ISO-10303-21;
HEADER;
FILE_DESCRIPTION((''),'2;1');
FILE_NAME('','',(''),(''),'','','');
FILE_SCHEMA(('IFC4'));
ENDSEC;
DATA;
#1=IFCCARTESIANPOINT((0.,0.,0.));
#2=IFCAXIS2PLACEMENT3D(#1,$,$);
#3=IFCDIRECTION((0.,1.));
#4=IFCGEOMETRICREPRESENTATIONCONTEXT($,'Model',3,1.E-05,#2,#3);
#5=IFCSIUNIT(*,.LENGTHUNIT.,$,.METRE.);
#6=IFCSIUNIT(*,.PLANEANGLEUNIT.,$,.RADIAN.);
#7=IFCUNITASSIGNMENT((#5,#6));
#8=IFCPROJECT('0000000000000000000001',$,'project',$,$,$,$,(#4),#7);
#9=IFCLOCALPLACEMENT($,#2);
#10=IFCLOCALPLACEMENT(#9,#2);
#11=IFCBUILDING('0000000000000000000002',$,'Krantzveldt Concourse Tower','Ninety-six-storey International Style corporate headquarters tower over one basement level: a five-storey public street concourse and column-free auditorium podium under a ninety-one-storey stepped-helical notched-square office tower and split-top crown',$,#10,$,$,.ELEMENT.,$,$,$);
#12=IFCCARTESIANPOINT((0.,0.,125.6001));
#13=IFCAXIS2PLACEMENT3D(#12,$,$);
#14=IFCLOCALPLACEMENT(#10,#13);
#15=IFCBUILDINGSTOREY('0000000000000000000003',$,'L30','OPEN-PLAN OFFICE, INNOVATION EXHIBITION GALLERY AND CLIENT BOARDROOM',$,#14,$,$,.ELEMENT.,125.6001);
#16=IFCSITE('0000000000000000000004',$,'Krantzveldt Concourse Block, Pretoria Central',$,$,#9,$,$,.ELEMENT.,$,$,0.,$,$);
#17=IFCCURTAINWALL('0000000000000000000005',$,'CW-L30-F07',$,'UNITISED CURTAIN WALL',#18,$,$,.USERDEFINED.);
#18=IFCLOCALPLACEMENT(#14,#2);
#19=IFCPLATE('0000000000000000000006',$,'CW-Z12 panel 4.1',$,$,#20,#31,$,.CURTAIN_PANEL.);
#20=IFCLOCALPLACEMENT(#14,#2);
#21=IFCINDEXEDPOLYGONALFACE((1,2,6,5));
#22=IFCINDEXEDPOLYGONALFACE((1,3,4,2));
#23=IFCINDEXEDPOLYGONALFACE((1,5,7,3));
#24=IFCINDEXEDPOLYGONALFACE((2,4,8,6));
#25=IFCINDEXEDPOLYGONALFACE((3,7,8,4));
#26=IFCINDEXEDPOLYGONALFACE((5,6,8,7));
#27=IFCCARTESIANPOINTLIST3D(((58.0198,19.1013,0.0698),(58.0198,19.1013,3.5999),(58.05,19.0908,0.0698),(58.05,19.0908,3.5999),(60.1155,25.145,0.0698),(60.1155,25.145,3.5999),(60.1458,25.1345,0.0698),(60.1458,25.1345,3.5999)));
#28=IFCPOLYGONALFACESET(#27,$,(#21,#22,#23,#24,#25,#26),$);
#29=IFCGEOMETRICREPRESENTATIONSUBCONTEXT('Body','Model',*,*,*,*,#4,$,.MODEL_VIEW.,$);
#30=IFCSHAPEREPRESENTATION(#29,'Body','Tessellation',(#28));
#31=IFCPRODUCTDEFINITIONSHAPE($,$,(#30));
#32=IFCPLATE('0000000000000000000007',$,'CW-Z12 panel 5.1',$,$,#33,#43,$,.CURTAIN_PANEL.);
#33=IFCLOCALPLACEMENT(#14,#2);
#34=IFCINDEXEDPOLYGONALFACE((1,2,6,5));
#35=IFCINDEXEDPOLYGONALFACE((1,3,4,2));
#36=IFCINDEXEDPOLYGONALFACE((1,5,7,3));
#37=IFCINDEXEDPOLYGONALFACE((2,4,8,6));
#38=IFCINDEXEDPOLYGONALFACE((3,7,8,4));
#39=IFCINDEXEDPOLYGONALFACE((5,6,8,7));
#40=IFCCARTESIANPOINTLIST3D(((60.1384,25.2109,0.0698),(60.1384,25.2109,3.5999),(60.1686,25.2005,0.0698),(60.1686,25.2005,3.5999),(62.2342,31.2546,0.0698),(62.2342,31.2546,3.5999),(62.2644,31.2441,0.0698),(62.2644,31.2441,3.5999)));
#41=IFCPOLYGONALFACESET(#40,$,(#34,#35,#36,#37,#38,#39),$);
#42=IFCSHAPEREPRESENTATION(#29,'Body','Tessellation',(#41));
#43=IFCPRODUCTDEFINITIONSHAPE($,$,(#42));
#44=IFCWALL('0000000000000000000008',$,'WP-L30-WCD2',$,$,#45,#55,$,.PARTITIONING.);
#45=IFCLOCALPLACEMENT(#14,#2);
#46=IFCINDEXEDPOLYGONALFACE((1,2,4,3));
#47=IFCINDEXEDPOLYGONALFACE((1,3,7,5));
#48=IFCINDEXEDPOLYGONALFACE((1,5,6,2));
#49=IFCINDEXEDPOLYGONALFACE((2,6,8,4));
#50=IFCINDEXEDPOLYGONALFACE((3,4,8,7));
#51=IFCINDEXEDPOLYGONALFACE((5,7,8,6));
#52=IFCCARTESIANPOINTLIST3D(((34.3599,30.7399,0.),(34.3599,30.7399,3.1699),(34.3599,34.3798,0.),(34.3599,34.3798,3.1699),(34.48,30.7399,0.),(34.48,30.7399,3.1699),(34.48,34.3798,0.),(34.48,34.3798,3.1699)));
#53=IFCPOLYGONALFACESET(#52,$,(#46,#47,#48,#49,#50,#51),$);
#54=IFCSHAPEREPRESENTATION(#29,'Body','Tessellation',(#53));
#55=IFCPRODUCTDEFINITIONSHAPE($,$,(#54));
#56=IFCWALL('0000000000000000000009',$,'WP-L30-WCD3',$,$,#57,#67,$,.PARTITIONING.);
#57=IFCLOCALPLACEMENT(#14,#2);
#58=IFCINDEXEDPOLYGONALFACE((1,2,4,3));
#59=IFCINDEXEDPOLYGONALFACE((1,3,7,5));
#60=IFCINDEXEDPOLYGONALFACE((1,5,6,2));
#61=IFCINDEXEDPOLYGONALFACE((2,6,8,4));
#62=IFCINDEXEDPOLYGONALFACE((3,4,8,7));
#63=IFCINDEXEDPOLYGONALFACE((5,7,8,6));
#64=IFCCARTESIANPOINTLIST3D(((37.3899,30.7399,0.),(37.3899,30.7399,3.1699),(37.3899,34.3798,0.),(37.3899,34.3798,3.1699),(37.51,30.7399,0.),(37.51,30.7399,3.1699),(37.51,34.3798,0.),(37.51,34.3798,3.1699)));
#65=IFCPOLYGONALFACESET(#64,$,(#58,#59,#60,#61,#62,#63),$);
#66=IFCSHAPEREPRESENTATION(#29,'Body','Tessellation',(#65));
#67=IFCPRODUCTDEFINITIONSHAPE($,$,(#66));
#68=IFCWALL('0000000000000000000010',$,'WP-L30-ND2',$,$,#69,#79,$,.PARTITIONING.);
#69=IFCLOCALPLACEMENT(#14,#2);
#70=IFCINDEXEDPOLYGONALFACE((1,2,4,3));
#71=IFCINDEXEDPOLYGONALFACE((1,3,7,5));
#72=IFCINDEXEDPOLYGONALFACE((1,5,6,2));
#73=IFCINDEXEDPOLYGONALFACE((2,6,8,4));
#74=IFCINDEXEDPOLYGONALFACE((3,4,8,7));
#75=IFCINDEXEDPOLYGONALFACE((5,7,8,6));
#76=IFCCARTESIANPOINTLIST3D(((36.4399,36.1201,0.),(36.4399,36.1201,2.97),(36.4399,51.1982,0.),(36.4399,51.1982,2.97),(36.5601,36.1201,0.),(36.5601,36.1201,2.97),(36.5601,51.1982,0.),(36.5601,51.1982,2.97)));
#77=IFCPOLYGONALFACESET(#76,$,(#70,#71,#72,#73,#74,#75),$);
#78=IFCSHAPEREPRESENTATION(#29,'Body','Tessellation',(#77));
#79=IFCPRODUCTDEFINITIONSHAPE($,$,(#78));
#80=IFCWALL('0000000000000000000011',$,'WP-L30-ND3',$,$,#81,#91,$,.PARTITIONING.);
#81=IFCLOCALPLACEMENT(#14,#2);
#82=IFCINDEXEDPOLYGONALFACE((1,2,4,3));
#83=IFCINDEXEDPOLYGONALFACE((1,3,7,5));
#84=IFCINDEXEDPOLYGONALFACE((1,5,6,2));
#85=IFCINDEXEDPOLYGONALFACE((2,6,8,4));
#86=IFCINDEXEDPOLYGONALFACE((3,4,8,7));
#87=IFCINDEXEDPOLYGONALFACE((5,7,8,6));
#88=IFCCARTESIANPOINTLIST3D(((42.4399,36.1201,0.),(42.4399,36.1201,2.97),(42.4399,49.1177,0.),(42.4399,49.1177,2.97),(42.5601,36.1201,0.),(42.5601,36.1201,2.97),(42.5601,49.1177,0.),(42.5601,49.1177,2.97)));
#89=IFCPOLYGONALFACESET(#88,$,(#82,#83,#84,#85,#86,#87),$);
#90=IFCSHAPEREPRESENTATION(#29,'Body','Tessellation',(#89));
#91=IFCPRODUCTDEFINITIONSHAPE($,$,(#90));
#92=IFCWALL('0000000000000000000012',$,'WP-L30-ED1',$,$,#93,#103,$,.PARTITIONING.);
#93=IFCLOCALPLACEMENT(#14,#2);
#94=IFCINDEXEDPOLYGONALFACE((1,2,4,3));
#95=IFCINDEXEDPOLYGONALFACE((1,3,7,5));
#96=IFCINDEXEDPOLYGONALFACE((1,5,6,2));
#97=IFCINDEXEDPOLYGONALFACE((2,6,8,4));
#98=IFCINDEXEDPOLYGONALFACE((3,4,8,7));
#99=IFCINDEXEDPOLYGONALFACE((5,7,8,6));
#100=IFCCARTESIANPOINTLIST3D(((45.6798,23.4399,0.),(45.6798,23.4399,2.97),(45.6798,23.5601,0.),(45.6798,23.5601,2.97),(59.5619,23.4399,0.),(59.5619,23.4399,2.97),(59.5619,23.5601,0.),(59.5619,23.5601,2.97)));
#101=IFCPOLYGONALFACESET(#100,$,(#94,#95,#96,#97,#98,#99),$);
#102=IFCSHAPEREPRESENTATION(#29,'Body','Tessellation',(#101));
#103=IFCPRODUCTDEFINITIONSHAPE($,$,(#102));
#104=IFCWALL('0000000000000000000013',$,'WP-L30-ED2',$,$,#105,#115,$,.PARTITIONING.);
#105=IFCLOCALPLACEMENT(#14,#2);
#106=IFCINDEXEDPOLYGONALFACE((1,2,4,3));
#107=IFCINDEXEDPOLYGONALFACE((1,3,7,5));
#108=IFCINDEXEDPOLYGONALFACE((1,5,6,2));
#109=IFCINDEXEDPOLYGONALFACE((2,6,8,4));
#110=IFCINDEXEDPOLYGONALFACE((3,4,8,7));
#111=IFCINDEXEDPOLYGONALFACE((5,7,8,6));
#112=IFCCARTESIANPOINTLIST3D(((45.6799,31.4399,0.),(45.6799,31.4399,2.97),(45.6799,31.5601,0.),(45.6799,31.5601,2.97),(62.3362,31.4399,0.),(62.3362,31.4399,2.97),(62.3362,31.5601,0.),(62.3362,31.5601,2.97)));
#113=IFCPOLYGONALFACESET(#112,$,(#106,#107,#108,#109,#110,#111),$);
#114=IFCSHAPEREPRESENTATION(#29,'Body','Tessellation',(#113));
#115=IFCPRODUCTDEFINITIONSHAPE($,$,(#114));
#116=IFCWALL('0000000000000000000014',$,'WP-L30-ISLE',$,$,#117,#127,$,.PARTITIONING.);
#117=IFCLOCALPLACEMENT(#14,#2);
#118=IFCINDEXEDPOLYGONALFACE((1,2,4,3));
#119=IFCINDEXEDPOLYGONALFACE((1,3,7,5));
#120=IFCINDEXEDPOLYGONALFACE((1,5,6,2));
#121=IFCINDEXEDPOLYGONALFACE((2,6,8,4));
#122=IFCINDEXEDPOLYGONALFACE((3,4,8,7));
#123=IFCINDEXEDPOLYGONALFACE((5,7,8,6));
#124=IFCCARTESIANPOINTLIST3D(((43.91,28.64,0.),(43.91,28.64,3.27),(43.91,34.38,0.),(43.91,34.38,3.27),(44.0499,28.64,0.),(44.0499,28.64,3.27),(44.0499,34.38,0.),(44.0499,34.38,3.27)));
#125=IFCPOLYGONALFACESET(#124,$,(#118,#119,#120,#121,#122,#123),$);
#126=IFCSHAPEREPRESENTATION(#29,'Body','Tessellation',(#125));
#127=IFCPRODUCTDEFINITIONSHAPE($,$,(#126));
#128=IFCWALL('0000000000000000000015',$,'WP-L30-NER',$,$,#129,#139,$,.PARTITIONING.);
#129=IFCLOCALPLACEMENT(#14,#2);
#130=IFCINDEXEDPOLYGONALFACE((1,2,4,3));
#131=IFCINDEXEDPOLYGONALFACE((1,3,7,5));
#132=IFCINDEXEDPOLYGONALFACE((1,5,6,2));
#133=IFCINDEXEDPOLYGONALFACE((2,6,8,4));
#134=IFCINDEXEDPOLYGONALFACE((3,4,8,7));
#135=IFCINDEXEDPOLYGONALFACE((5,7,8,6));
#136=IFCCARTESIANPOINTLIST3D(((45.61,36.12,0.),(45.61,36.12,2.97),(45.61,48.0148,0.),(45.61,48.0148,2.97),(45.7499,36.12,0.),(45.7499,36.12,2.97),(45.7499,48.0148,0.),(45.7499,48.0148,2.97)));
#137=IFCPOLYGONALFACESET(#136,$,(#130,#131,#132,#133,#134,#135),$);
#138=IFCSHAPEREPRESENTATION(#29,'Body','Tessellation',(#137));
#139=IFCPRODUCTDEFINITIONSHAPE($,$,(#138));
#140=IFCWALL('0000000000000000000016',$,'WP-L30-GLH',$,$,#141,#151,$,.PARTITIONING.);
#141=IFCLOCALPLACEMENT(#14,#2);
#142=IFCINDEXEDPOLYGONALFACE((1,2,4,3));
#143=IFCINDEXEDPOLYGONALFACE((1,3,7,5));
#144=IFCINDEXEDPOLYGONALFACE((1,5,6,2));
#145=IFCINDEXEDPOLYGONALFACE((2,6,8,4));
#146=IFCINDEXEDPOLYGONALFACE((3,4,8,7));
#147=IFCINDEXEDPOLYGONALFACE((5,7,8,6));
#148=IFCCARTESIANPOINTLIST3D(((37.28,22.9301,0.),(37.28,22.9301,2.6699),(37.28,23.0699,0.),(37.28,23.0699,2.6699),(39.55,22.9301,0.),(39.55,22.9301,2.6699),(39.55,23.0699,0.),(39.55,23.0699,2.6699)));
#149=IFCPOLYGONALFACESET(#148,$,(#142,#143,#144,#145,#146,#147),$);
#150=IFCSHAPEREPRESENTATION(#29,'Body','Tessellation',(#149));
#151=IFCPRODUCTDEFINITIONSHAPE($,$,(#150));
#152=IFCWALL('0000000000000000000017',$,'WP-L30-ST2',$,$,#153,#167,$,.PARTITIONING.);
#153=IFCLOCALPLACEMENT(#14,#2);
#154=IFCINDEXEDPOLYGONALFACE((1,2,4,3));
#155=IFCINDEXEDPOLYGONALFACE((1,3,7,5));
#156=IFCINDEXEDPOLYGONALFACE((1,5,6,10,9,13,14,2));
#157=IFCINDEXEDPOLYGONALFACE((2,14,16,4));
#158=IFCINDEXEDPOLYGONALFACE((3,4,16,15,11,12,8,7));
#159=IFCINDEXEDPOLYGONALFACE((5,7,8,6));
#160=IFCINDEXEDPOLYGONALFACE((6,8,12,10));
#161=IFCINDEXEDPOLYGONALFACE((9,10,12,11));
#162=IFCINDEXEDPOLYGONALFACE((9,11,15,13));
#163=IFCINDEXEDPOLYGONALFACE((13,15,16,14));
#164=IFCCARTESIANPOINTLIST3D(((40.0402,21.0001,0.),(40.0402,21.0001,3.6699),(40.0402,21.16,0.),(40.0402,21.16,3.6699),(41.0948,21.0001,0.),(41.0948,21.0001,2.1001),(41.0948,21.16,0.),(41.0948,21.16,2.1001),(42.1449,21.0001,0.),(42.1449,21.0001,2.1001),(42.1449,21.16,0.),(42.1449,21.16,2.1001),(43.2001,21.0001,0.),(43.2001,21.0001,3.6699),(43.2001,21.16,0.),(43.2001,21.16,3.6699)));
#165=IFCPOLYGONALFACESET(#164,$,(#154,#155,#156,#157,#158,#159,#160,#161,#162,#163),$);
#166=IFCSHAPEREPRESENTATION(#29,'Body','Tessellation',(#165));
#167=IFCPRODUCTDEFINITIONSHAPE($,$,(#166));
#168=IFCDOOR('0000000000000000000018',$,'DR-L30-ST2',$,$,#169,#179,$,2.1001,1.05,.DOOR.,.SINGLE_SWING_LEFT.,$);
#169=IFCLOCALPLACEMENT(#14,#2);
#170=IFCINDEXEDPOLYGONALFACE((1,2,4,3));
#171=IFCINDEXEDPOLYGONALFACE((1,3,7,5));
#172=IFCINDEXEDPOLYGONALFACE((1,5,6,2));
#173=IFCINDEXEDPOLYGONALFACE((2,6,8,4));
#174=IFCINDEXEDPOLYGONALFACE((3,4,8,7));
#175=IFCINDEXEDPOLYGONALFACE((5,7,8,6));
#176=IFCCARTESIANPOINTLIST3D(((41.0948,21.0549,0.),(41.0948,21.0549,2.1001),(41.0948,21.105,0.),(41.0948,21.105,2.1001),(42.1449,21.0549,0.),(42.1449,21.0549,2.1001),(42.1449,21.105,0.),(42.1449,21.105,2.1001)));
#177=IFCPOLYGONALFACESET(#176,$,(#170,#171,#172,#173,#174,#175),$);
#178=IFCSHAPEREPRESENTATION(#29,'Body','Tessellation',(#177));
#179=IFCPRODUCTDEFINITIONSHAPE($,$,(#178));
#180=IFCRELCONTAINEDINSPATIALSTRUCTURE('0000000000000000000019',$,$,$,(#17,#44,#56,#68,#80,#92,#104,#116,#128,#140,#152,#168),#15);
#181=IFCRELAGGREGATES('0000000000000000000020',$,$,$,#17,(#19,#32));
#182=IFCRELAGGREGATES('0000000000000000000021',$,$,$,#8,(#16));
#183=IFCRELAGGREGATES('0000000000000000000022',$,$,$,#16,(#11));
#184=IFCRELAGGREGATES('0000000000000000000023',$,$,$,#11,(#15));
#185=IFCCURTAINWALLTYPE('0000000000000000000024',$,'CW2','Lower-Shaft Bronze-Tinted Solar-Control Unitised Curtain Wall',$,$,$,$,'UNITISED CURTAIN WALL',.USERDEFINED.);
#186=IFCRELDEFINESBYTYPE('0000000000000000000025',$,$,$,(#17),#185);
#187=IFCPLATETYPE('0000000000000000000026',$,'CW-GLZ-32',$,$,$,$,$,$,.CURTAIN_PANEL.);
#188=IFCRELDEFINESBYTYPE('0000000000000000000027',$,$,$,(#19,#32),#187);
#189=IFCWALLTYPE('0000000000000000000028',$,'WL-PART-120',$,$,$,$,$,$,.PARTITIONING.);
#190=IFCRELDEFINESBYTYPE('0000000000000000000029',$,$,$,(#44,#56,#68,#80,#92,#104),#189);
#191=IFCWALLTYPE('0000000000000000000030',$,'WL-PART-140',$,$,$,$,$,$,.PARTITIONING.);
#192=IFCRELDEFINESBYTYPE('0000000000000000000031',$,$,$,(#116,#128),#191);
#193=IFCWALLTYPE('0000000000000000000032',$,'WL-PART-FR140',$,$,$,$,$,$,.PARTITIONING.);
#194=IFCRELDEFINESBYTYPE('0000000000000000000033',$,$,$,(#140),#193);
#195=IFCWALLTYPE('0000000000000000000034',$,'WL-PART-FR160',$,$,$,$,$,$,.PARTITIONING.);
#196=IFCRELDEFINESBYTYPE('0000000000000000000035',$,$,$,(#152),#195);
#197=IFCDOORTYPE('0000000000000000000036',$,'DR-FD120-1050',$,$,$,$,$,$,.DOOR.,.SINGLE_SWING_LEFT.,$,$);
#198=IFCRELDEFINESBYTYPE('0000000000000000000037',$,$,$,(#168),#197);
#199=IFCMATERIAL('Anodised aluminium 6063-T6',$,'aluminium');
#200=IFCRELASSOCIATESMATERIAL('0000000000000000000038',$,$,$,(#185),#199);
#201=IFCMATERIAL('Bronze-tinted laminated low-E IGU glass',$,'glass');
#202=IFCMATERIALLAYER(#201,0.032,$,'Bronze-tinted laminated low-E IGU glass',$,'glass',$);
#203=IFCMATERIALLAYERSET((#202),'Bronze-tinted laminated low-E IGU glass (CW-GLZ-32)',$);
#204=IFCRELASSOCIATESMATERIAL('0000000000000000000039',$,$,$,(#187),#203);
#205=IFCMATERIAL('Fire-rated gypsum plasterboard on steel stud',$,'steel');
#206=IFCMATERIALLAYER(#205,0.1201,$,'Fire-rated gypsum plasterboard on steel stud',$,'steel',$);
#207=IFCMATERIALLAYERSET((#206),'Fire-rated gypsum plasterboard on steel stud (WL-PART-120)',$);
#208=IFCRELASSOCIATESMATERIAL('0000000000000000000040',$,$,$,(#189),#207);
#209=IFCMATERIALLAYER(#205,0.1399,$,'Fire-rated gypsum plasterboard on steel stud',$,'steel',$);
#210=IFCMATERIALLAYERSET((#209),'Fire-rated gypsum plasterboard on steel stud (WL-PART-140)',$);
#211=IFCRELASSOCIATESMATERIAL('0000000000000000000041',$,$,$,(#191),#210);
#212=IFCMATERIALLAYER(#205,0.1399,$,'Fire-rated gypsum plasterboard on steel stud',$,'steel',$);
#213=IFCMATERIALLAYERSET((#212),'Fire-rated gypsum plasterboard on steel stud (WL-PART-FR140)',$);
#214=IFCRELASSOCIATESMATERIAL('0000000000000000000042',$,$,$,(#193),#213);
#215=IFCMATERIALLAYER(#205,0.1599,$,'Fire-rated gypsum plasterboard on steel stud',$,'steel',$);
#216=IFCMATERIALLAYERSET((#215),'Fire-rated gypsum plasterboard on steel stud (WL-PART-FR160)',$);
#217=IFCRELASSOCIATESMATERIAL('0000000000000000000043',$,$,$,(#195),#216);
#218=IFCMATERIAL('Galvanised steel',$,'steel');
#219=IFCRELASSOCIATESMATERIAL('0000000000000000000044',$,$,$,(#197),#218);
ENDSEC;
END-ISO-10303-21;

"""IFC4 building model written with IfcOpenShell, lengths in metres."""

from ifc_helpers import new_model, si_unit, direction, frame, frame_2d, origin, origin_2d, place, context, subcontext, project, spatial, rectangle, extrude, source, transform, mapped, material, layer, layer_set, type_object, element, fill, aggregate, save


model = new_model("IFC4")

# Units and contexts
model_context = context("Model", 3, precision=1e-05, world=origin(), true_north=direction((0.0, 1.0)))
body_context = subcontext(model_context, "Body", "Model", "MODEL_VIEW")
ifc_project = project(units=[si_unit("LENGTHUNIT", "METRE"), si_unit("PLANEANGLEUNIT", "RADIAN")], contexts=[model_context])

# Site, building, storey
site_placement = place(None, origin())
site = spatial("IfcSite", under=ifc_project, at=site_placement, Name="Krantzveldt Concourse Block, Pretoria Central", CompositionType="ELEMENT", RefElevation=0.0)
building_placement = place(site_placement, origin())
building = spatial("IfcBuilding", under=site, at=building_placement, Name="Krantzveldt Concourse Tower", Description="Ninety-six-storey International Style corporate headquarters tower over one basement level: a five-storey public street concourse and column-free auditorium podium under a ninety-one-storey stepped-helical notched-square office tower and split-top crown", CompositionType="ELEMENT")
storey_placement = place(building_placement, frame((0.0, 0.0, 125.6001)))
storey = spatial("IfcBuildingStorey", under=building, at=storey_placement, Name="L30", Description="OPEN-PLAN OFFICE, INNOVATION EXHIBITION GALLERY AND CLIENT BOARDROOM", CompositionType="ELEMENT", Elevation=125.6001)

# Curtain wall, plates
ifc_material_1 = material(Name="Anodised aluminium 6063-T6", Category="aluminium")
curtain_wall_type = type_object("IfcCurtainWallType", Name="CW2", Description="Lower-Shaft Bronze-Tinted Solar-Control Unitised Curtain Wall", ElementType="UNITISED CURTAIN WALL", PredefinedType="USERDEFINED", material=ifc_material_1)
curtain_wall_placement = place(storey_placement, origin())
curtain_wall = element("IfcCurtainWall", 1, at=curtain_wall_placement, inside=storey, type_object=curtain_wall_type, Name="CW-L30-F07", ObjectType="UNITISED CURTAIN WALL", PredefinedType="USERDEFINED")
ifc_material_2 = material(Name="Bronze-tinted laminated low-E IGU glass", Category="glass")
ifc_layer_1 = layer(ifc_material_2, 0.032, Name="Bronze-tinted laminated low-E IGU glass", Category="glass")
ifc_layer_set_1 = layer_set([ifc_layer_1], Name="Bronze-tinted laminated low-E IGU glass (CW-GLZ-32)")
plate_type = type_object("IfcPlateType", Name="CW-GLZ-32", PredefinedType="CURTAIN_PANEL", material=ifc_layer_set_1)
shared_shape_1 = source(origin(), body_context, "Body", "SweptSolid", [
    extrude(rectangle(XDim=6.3967, YDim=0.032, at=origin_2d()), origin(), (0.0, 0.0, 1.0), 3.53),
])
plate_1_placement = place(storey_placement, frame((59.0828, 22.1179, 0.0698), z_axis=(0.0, 0.0, 1.0), x_axis=(0.32763, 0.944806, 0.0)))
plate_1 = element("IfcPlate", 2, at=plate_1_placement, type_object=plate_type, Name="CW-Z12 panel 4.1", PredefinedType="CURTAIN_PANEL", context=body_context, shape_type="MappedRepresentation", body=[
    mapped(shared_shape_1, transform((0.0, 0.0, 0.0), x_axis=(1.0, 0.0, 0.0), y_axis=(0.0, 1.0, 0.0), z_axis=(0.0, 0.0, 1.0), scale=1.0)),
])
plate_2_placement = place(storey_placement, frame((61.2014, 28.2275, 0.0698), z_axis=(0.0, 0.0, 1.0), x_axis=(0.32763, 0.944806, 0.0)))
plate_2 = element("IfcPlate", 3, at=plate_2_placement, type_object=plate_type, Name="CW-Z12 panel 5.1", PredefinedType="CURTAIN_PANEL", context=body_context, shape_type="MappedRepresentation", body=[
    mapped(shared_shape_1, transform((0.0, 0.0, 0.0), x_axis=(1.0, 0.0, 0.0), y_axis=(0.0, 1.0, 0.0), z_axis=(0.0, 0.0, 1.0), scale=1.0)),
])
aggregate(curtain_wall, [plate_1, plate_2])

# Walls
ifc_material_3 = material(Name="Fire-rated gypsum plasterboard on steel stud", Category="steel")
ifc_layer_2 = layer(ifc_material_3, 0.1201, Name="Fire-rated gypsum plasterboard on steel stud", Category="steel")
ifc_layer_set_2 = layer_set([ifc_layer_2], Name="Fire-rated gypsum plasterboard on steel stud (WL-PART-120)")
wall_type_1 = type_object("IfcWallType", Name="WL-PART-120", PredefinedType="PARTITIONING", material=ifc_layer_set_2)
for number, where, z_axis, x_axis, name in (
    (4, (34.4199, 30.74, 0.0), (0.0, 0.0, 1.0), (0.0, 1.0, 0.0), "WP-L30-WCD2"),
    (5, (37.45, 30.74, 0.0), (0.0, 0.0, 1.0), (0.0, 1.0, 0.0), "WP-L30-WCD3"),
):
    element("IfcWall", number, at=place(storey_placement, frame(where, z_axis=z_axis, x_axis=x_axis)), inside=storey, type_object=wall_type_1, Name=name, PredefinedType="PARTITIONING", context=body_context, shape_type="SweptSolid", body=[
        extrude(rectangle(XDim=3.6399, YDim=0.1201, at=frame_2d((1.8198, 0.0))), origin(), (0.0, 0.0, 1.0), 3.1699),
    ])
wall_1_placement = place(storey_placement, frame((36.5, 36.1201, 0.0), z_axis=(0.0, 0.0, 1.0), x_axis=(0.0, 1.0, 0.0)))
element("IfcWall", 6, at=wall_1_placement, inside=storey, type_object=wall_type_1, Name="WP-L30-ND2", PredefinedType="PARTITIONING", context=body_context, shape_type="SweptSolid", body=[
    extrude(rectangle(XDim=15.0781, YDim=0.1201, at=frame_2d((7.5391, 0.0))), origin(), (0.0, 0.0, 1.0), 2.97),
])
wall_2_placement = place(storey_placement, frame((42.5, 36.1201, 0.0), z_axis=(0.0, 0.0, 1.0), x_axis=(0.0, 1.0, 0.0)))
element("IfcWall", 7, at=wall_2_placement, inside=storey, type_object=wall_type_1, Name="WP-L30-ND3", PredefinedType="PARTITIONING", context=body_context, shape_type="SweptSolid", body=[
    extrude(rectangle(XDim=12.9976, YDim=0.1201, at=frame_2d((6.4988, 0.0))), origin(), (0.0, 0.0, 1.0), 2.97),
])
wall_3_placement = place(storey_placement, frame((45.6799, 23.5, 0.0), z_axis=(0.0, 0.0, 1.0), x_axis=(1.0, 0.0, 0.0)))
element("IfcWall", 8, at=wall_3_placement, inside=storey, type_object=wall_type_1, Name="WP-L30-ED1", PredefinedType="PARTITIONING", context=body_context, shape_type="SweptSolid", body=[
    extrude(rectangle(XDim=13.8821, YDim=0.1201, at=frame_2d((6.9409, 0.0))), origin(), (0.0, 0.0, 1.0), 2.97),
])
wall_4_placement = place(storey_placement, frame((45.6799, 31.5, 0.0), z_axis=(0.0, 0.0, 1.0), x_axis=(1.0, 0.0, 0.0)))
element("IfcWall", 9, at=wall_4_placement, inside=storey, type_object=wall_type_1, Name="WP-L30-ED2", PredefinedType="PARTITIONING", context=body_context, shape_type="SweptSolid", body=[
    extrude(rectangle(XDim=16.6562, YDim=0.1201, at=frame_2d((8.3281, 0.0))), origin(), (0.0, 0.0, 1.0), 2.97),
])
ifc_layer_3 = layer(ifc_material_3, 0.1399, Name="Fire-rated gypsum plasterboard on steel stud", Category="steel")
ifc_layer_set_3 = layer_set([ifc_layer_3], Name="Fire-rated gypsum plasterboard on steel stud (WL-PART-140)")
wall_type_2 = type_object("IfcWallType", Name="WL-PART-140", PredefinedType="PARTITIONING", material=ifc_layer_set_3)
wall_5_placement = place(storey_placement, frame((43.98, 28.6399, 0.0), z_axis=(0.0, 0.0, 1.0), x_axis=(0.0, 1.0, 0.0)))
element("IfcWall", 10, at=wall_5_placement, inside=storey, type_object=wall_type_2, Name="WP-L30-ISLE", PredefinedType="PARTITIONING", context=body_context, shape_type="SweptSolid", body=[
    extrude(rectangle(XDim=5.74, YDim=0.1399, at=frame_2d((2.8701, 0.0))), origin(), (0.0, 0.0, 1.0), 3.27),
])
wall_6_placement = place(storey_placement, frame((45.6799, 36.1201, 0.0), z_axis=(0.0, 0.0, 1.0), x_axis=(0.0, 1.0, 0.0)))
element("IfcWall", 11, at=wall_6_placement, inside=storey, type_object=wall_type_2, Name="WP-L30-NER", PredefinedType="PARTITIONING", context=body_context, shape_type="SweptSolid", body=[
    extrude(rectangle(XDim=11.8948, YDim=0.1399, at=frame_2d((5.9473, 0.0))), origin(), (0.0, 0.0, 1.0), 2.97),
])
ifc_layer_4 = layer(ifc_material_3, 0.1399, Name="Fire-rated gypsum plasterboard on steel stud", Category="steel")
ifc_layer_set_4 = layer_set([ifc_layer_4], Name="Fire-rated gypsum plasterboard on steel stud (WL-PART-FR140)")
wall_type_3 = type_object("IfcWallType", Name="WL-PART-FR140", PredefinedType="PARTITIONING", material=ifc_layer_set_4)
wall_7_placement = place(storey_placement, frame((37.28, 23.0, 0.0), z_axis=(0.0, 0.0, 1.0), x_axis=(1.0, 0.0, 0.0)))
element("IfcWall", 12, at=wall_7_placement, inside=storey, type_object=wall_type_3, Name="WP-L30-GLH", PredefinedType="PARTITIONING", context=body_context, shape_type="SweptSolid", body=[
    extrude(rectangle(XDim=2.27, YDim=0.1399, at=frame_2d((1.135, 0.0))), origin(), (0.0, 0.0, 1.0), 2.6699),
])

# Wall, opening, door
ifc_layer_5 = layer(ifc_material_3, 0.1599, Name="Fire-rated gypsum plasterboard on steel stud", Category="steel")
ifc_layer_set_5 = layer_set([ifc_layer_5], Name="Fire-rated gypsum plasterboard on steel stud (WL-PART-FR160)")
wall_type_4 = type_object("IfcWallType", Name="WL-PART-FR160", PredefinedType="PARTITIONING", material=ifc_layer_set_5)
wall_8_placement = place(storey_placement, frame((40.04, 21.0801, 0.0), z_axis=(0.0, 0.0, 1.0), x_axis=(1.0, 0.0, 0.0)))
wall_8 = element("IfcWall", 13, at=wall_8_placement, inside=storey, type_object=wall_type_4, Name="WP-L30-ST2", PredefinedType="PARTITIONING", context=body_context, shape_type="SweptSolid", body=[
    extrude(rectangle(XDim=3.1599, YDim=0.1599, at=frame_2d((1.5801, 0.0))), origin(), (0.0, 0.0, 1.0), 3.6699),
])
opening_placement = place(wall_8_placement, frame((1.0549, 0.0, 0.0)))
opening = element("IfcOpeningElement", 14, at=opening_placement, cuts=wall_8, PredefinedType="OPENING", context=body_context, shape_type="SweptSolid", body=[
    extrude(rectangle(XDim=1.05, YDim=2.1001, at=frame_2d((0.5249, 1.05))), frame((0.0, 0.0898, 0.0), z_axis=(0.0, -1.0, 0.0), x_axis=(1.0, 0.0, 0.0)), (0.0, 0.0, 1.0), 0.1799),
])
ifc_material_4 = material(Name="Galvanised steel", Category="steel")
door_type = type_object("IfcDoorType", Name="DR-FD120-1050", OperationType="SINGLE_SWING_LEFT", PredefinedType="DOOR", material=ifc_material_4)
door_placement = place(opening_placement, origin())
door = element("IfcDoor", 15, at=door_placement, inside=storey, type_object=door_type, Name="DR-L30-ST2", OperationType="SINGLE_SWING_LEFT", OverallHeight=2.1001, OverallWidth=1.05, PredefinedType="DOOR", context=body_context, shape_type="SweptSolid", body=[
    extrude(rectangle(XDim=1.05, YDim=2.1001, at=frame_2d((0.5249, 1.05))), frame((0.0, 0.0249, 0.0), z_axis=(0.0, -1.0, 0.0), x_axis=(1.0, 0.0, 0.0)), (0.0, 0.0, 1.0), 0.05),
])
fill(opening, door)

save(model, "model.ifc")
